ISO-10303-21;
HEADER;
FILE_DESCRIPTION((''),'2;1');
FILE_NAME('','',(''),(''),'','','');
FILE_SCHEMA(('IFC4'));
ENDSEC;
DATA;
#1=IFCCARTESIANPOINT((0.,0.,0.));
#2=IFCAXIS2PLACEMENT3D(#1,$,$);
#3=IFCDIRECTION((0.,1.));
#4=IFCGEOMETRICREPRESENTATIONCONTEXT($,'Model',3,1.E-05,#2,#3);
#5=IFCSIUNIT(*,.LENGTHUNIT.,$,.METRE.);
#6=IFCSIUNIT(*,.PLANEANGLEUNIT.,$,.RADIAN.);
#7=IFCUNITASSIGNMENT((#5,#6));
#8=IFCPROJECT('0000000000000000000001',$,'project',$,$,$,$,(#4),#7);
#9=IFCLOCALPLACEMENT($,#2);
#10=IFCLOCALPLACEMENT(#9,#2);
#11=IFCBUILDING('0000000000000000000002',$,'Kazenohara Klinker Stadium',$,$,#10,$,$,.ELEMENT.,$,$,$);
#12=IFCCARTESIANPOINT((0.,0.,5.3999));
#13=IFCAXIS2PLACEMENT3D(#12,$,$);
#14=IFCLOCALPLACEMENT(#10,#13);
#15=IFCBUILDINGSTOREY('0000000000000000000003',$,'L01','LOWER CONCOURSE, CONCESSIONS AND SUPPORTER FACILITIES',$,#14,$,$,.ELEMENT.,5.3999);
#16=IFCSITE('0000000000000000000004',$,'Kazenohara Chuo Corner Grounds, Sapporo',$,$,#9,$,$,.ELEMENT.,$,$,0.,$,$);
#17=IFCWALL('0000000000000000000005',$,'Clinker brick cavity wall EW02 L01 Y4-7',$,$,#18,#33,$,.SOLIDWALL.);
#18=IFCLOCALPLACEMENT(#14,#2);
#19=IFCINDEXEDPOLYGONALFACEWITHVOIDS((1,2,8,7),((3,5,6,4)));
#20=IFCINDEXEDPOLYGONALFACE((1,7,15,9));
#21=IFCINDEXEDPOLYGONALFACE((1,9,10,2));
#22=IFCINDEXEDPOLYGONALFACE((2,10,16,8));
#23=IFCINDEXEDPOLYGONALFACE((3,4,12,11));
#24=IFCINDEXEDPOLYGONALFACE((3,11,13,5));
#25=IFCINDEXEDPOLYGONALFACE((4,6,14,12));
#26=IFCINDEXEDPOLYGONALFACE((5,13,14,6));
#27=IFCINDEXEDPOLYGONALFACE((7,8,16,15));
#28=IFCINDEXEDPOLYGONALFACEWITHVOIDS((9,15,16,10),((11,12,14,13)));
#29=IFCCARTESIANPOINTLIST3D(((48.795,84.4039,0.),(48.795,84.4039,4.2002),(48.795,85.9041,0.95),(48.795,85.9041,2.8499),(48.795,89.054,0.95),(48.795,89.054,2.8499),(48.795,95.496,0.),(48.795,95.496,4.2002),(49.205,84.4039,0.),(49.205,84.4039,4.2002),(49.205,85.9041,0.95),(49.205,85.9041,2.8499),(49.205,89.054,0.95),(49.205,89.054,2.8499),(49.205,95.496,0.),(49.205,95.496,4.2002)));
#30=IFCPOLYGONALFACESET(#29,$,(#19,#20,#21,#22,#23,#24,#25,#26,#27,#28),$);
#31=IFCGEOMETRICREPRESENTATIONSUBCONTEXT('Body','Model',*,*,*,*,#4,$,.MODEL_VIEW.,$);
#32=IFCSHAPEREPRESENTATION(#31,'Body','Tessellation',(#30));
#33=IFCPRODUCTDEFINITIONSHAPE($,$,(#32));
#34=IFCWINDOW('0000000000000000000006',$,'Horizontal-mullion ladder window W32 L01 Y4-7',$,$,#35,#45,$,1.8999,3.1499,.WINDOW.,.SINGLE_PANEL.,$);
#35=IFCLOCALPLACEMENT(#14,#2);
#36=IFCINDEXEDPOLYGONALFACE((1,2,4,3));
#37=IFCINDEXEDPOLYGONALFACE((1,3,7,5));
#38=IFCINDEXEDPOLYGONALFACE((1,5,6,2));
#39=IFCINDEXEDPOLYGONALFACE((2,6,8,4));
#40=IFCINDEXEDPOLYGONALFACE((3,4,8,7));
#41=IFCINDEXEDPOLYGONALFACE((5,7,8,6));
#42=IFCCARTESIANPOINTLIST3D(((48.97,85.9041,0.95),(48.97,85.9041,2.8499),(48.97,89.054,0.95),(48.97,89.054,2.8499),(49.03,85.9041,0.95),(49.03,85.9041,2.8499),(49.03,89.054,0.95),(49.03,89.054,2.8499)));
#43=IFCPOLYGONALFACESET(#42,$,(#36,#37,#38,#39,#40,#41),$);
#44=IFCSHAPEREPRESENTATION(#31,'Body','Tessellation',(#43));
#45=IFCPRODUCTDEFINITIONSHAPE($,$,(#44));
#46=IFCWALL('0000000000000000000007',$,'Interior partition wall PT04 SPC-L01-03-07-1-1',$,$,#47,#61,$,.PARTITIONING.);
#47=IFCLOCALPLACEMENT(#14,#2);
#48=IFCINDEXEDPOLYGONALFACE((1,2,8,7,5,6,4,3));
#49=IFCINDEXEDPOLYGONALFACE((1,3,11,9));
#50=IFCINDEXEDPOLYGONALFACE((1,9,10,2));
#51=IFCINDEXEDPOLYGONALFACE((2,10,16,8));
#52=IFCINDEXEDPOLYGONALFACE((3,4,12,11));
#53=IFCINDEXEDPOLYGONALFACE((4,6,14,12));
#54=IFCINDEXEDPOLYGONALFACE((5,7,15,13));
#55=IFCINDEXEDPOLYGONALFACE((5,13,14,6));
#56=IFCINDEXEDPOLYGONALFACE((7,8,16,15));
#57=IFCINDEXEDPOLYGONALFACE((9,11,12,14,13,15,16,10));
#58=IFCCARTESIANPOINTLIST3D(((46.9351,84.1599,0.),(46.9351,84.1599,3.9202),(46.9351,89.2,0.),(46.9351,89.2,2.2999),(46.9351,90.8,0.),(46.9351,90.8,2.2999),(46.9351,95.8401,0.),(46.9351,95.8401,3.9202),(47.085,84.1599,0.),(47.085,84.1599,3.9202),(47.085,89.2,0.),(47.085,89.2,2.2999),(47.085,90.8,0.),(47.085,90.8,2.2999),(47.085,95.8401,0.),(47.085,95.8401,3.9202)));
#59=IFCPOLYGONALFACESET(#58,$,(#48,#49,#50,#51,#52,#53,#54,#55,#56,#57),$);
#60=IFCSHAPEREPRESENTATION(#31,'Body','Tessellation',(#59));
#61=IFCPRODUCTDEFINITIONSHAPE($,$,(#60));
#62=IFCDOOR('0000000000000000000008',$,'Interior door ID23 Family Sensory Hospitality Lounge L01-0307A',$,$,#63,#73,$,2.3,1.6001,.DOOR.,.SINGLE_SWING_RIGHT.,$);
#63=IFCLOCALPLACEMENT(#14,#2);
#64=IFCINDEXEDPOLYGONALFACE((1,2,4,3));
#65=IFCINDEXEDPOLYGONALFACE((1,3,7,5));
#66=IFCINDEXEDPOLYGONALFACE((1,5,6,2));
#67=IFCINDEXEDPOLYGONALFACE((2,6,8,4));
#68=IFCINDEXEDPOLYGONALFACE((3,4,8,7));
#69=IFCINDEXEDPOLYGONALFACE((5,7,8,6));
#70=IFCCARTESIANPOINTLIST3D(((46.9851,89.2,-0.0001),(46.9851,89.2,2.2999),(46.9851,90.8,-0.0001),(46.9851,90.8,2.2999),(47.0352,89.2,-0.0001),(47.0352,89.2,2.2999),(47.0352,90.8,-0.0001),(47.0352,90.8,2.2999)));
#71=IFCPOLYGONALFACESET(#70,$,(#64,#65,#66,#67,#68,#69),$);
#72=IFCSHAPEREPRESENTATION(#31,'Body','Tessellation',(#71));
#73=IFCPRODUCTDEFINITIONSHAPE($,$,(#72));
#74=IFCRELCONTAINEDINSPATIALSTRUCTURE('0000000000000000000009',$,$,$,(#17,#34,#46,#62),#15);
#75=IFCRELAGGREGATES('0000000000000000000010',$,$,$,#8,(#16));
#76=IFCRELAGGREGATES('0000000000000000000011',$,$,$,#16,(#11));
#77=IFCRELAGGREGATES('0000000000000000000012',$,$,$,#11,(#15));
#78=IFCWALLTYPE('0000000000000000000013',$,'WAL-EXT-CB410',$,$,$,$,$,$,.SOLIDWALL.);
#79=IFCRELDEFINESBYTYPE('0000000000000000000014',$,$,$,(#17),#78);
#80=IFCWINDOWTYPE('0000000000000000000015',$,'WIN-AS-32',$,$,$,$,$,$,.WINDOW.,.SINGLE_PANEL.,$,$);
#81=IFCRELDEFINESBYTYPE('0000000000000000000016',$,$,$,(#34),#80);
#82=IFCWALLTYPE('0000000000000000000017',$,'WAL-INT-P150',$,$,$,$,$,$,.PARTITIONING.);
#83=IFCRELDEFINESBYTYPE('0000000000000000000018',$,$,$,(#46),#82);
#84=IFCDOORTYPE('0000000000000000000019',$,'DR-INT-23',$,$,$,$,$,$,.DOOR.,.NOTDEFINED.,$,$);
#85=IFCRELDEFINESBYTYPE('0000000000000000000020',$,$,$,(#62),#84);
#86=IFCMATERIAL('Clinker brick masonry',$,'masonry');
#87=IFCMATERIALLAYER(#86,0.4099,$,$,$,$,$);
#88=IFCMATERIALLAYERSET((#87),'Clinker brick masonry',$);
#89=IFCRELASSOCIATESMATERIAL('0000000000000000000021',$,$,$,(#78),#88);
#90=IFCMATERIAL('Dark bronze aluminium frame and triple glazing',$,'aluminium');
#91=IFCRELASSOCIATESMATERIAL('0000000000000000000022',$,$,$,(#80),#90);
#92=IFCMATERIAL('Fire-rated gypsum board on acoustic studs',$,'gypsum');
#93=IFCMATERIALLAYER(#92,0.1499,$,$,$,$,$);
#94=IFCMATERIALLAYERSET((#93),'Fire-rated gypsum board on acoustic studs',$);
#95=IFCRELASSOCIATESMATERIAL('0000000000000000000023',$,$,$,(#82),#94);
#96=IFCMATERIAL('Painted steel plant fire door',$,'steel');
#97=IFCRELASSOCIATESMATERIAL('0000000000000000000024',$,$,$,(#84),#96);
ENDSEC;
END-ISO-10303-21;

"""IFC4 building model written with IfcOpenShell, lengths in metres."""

from ifc_helpers import new_model, si_unit, direction, frame, frame_2d, origin, place, context, subcontext, project, spatial, rectangle, extrude, material, layer, layer_set, type_object, element, fill, save


model = new_model("IFC4")

# Units and contexts
model_context = context("Model", 3, precision=1e-05, world=origin(), true_north=direction((0.0, 1.0)))
body_context = subcontext(model_context, "Body", "Model", "MODEL_VIEW")
ifc_project = project(units=[si_unit("LENGTHUNIT", "METRE"), si_unit("PLANEANGLEUNIT", "RADIAN")], contexts=[model_context])

# Site, building, storey
site_placement = place(None, origin())
site = spatial("IfcSite", under=ifc_project, at=site_placement, Name="Kazenohara Chuo Corner Grounds, Sapporo", CompositionType="ELEMENT", RefElevation=0.0)
building_placement = place(site_placement, origin())
building = spatial("IfcBuilding", under=site, at=building_placement, Name="Kazenohara Klinker Stadium", CompositionType="ELEMENT")
storey_placement = place(building_placement, frame((0.0, 0.0, 5.3999)))
storey = spatial("IfcBuildingStorey", under=building, at=storey_placement, Name="L01", Description="LOWER CONCOURSE, CONCESSIONS AND SUPPORTER FACILITIES", CompositionType="ELEMENT", Elevation=5.3999)

# Shared definitions
ifc_material_1 = material(Name="Clinker brick masonry", Category="masonry")
ifc_layer_1 = layer(ifc_material_1, 0.4099)
ifc_layer_set_1 = layer_set([ifc_layer_1], Name="Clinker brick masonry")
wall_type_1 = type_object("IfcWallType", Name="WAL-EXT-CB410", PredefinedType="SOLIDWALL", material=ifc_layer_set_1)

# Wall, opening, window
wall_1_placement = place(storey_placement, frame((49.0, 84.4041, 0.0), z_axis=(0.0, 0.0, 1.0), x_axis=(0.0, 1.0, 0.0)))
wall_1 = element("IfcWall", 1, at=wall_1_placement, inside=storey, type_object=wall_type_1, Name="Clinker brick cavity wall EW02 L01 Y4-7", PredefinedType="SOLIDWALL", context=body_context, shape_type="SweptSolid", body=[
    extrude(rectangle(XDim=11.092, YDim=0.4099, at=frame_2d((5.5459, 0.0))), origin(), (0.0, 0.0, 1.0), 4.2002),
])
opening_1_placement = place(wall_1_placement, frame((1.5, 0.0, 0.95)))
opening_1 = element("IfcOpeningElement", 2, at=opening_1_placement, cuts=wall_1, PredefinedType="OPENING", context=body_context, shape_type="SweptSolid", body=[
    extrude(rectangle(XDim=3.1499, YDim=1.8999, at=frame_2d((1.575, 0.95))), frame((0.0, 0.2148, 0.0), z_axis=(0.0, -1.0, 0.0), x_axis=(1.0, 0.0, 0.0)), (0.0, 0.0, 1.0), 0.4299),
])
ifc_material_2 = material(Name="Dark bronze aluminium frame and triple glazing", Category="aluminium")
window_type = type_object("IfcWindowType", Name="WIN-AS-32", PartitioningType="SINGLE_PANEL", PredefinedType="WINDOW", material=ifc_material_2)
window_placement = place(opening_1_placement, origin())
window = element("IfcWindow", 3, at=window_placement, inside=storey, type_object=window_type, Name="Horizontal-mullion ladder window W32 L01 Y4-7", OverallHeight=1.8999, OverallWidth=3.1499, PartitioningType="SINGLE_PANEL", PredefinedType="WINDOW", context=body_context, shape_type="SweptSolid", body=[
    extrude(rectangle(XDim=3.1499, YDim=1.8999, at=frame_2d((1.575, 0.95))), frame((0.0, 0.03, 0.0), z_axis=(0.0, -1.0, 0.0), x_axis=(1.0, 0.0, 0.0)), (0.0, 0.0, 1.0), 0.0601),
])
fill(opening_1, window)

# Wall, opening, door
ifc_material_3 = material(Name="Fire-rated gypsum board on acoustic studs", Category="gypsum")
ifc_layer_2 = layer(ifc_material_3, 0.1499)
ifc_layer_set_2 = layer_set([ifc_layer_2], Name="Fire-rated gypsum board on acoustic studs")
wall_type_2 = type_object("IfcWallType", Name="WAL-INT-P150", PredefinedType="PARTITIONING", material=ifc_layer_set_2)
wall_2_placement = place(storey_placement, frame((47.01, 84.1599, 0.0), z_axis=(0.0, 0.0, 1.0), x_axis=(0.0, 1.0, 0.0)))
wall_2 = element("IfcWall", 4, at=wall_2_placement, inside=storey, type_object=wall_type_2, Name="Interior partition wall PT04 SPC-L01-03-07-1-1", PredefinedType="PARTITIONING", context=body_context, shape_type="SweptSolid", body=[
    extrude(rectangle(XDim=11.6802, YDim=0.1499, at=frame_2d((5.8401, 0.0))), origin(), (0.0, 0.0, 1.0), 3.9202),
])
opening_2_placement = place(wall_2_placement, frame((5.04, 0.0, 0.0)))
opening_2 = element("IfcOpeningElement", 5, at=opening_2_placement, cuts=wall_2, PredefinedType="OPENING", context=body_context, shape_type="SweptSolid", body=[
    extrude(rectangle(XDim=1.6001, YDim=2.3, at=frame_2d((0.8, 1.1499))), frame((0.0, 0.085, 0.0), z_axis=(0.0, -1.0, 0.0), x_axis=(1.0, 0.0, 0.0)), (0.0, 0.0, 1.0), 0.1699),
])
ifc_material_4 = material(Name="Painted steel plant fire door", Category="steel")
door_type = type_object("IfcDoorType", Name="DR-INT-23", OperationType="NOTDEFINED", PredefinedType="DOOR", material=ifc_material_4)
door_placement = place(opening_2_placement, origin())
door = element("IfcDoor", 6, at=door_placement, inside=storey, type_object=door_type, Name="Interior door ID23 Family Sensory Hospitality Lounge L01-0307A", OperationType="SINGLE_SWING_RIGHT", OverallHeight=2.3, OverallWidth=1.6001, PredefinedType="DOOR", context=body_context, shape_type="SweptSolid", body=[
    extrude(rectangle(XDim=1.6001, YDim=2.3, at=frame_2d((0.8, 1.1499))), frame((0.0, 0.0249, 0.0), z_axis=(0.0, -1.0, 0.0), x_axis=(1.0, 0.0, 0.0)), (0.0, 0.0, 1.0), 0.05),
])
fill(opening_2, door)

save(model, "model.ifc")
